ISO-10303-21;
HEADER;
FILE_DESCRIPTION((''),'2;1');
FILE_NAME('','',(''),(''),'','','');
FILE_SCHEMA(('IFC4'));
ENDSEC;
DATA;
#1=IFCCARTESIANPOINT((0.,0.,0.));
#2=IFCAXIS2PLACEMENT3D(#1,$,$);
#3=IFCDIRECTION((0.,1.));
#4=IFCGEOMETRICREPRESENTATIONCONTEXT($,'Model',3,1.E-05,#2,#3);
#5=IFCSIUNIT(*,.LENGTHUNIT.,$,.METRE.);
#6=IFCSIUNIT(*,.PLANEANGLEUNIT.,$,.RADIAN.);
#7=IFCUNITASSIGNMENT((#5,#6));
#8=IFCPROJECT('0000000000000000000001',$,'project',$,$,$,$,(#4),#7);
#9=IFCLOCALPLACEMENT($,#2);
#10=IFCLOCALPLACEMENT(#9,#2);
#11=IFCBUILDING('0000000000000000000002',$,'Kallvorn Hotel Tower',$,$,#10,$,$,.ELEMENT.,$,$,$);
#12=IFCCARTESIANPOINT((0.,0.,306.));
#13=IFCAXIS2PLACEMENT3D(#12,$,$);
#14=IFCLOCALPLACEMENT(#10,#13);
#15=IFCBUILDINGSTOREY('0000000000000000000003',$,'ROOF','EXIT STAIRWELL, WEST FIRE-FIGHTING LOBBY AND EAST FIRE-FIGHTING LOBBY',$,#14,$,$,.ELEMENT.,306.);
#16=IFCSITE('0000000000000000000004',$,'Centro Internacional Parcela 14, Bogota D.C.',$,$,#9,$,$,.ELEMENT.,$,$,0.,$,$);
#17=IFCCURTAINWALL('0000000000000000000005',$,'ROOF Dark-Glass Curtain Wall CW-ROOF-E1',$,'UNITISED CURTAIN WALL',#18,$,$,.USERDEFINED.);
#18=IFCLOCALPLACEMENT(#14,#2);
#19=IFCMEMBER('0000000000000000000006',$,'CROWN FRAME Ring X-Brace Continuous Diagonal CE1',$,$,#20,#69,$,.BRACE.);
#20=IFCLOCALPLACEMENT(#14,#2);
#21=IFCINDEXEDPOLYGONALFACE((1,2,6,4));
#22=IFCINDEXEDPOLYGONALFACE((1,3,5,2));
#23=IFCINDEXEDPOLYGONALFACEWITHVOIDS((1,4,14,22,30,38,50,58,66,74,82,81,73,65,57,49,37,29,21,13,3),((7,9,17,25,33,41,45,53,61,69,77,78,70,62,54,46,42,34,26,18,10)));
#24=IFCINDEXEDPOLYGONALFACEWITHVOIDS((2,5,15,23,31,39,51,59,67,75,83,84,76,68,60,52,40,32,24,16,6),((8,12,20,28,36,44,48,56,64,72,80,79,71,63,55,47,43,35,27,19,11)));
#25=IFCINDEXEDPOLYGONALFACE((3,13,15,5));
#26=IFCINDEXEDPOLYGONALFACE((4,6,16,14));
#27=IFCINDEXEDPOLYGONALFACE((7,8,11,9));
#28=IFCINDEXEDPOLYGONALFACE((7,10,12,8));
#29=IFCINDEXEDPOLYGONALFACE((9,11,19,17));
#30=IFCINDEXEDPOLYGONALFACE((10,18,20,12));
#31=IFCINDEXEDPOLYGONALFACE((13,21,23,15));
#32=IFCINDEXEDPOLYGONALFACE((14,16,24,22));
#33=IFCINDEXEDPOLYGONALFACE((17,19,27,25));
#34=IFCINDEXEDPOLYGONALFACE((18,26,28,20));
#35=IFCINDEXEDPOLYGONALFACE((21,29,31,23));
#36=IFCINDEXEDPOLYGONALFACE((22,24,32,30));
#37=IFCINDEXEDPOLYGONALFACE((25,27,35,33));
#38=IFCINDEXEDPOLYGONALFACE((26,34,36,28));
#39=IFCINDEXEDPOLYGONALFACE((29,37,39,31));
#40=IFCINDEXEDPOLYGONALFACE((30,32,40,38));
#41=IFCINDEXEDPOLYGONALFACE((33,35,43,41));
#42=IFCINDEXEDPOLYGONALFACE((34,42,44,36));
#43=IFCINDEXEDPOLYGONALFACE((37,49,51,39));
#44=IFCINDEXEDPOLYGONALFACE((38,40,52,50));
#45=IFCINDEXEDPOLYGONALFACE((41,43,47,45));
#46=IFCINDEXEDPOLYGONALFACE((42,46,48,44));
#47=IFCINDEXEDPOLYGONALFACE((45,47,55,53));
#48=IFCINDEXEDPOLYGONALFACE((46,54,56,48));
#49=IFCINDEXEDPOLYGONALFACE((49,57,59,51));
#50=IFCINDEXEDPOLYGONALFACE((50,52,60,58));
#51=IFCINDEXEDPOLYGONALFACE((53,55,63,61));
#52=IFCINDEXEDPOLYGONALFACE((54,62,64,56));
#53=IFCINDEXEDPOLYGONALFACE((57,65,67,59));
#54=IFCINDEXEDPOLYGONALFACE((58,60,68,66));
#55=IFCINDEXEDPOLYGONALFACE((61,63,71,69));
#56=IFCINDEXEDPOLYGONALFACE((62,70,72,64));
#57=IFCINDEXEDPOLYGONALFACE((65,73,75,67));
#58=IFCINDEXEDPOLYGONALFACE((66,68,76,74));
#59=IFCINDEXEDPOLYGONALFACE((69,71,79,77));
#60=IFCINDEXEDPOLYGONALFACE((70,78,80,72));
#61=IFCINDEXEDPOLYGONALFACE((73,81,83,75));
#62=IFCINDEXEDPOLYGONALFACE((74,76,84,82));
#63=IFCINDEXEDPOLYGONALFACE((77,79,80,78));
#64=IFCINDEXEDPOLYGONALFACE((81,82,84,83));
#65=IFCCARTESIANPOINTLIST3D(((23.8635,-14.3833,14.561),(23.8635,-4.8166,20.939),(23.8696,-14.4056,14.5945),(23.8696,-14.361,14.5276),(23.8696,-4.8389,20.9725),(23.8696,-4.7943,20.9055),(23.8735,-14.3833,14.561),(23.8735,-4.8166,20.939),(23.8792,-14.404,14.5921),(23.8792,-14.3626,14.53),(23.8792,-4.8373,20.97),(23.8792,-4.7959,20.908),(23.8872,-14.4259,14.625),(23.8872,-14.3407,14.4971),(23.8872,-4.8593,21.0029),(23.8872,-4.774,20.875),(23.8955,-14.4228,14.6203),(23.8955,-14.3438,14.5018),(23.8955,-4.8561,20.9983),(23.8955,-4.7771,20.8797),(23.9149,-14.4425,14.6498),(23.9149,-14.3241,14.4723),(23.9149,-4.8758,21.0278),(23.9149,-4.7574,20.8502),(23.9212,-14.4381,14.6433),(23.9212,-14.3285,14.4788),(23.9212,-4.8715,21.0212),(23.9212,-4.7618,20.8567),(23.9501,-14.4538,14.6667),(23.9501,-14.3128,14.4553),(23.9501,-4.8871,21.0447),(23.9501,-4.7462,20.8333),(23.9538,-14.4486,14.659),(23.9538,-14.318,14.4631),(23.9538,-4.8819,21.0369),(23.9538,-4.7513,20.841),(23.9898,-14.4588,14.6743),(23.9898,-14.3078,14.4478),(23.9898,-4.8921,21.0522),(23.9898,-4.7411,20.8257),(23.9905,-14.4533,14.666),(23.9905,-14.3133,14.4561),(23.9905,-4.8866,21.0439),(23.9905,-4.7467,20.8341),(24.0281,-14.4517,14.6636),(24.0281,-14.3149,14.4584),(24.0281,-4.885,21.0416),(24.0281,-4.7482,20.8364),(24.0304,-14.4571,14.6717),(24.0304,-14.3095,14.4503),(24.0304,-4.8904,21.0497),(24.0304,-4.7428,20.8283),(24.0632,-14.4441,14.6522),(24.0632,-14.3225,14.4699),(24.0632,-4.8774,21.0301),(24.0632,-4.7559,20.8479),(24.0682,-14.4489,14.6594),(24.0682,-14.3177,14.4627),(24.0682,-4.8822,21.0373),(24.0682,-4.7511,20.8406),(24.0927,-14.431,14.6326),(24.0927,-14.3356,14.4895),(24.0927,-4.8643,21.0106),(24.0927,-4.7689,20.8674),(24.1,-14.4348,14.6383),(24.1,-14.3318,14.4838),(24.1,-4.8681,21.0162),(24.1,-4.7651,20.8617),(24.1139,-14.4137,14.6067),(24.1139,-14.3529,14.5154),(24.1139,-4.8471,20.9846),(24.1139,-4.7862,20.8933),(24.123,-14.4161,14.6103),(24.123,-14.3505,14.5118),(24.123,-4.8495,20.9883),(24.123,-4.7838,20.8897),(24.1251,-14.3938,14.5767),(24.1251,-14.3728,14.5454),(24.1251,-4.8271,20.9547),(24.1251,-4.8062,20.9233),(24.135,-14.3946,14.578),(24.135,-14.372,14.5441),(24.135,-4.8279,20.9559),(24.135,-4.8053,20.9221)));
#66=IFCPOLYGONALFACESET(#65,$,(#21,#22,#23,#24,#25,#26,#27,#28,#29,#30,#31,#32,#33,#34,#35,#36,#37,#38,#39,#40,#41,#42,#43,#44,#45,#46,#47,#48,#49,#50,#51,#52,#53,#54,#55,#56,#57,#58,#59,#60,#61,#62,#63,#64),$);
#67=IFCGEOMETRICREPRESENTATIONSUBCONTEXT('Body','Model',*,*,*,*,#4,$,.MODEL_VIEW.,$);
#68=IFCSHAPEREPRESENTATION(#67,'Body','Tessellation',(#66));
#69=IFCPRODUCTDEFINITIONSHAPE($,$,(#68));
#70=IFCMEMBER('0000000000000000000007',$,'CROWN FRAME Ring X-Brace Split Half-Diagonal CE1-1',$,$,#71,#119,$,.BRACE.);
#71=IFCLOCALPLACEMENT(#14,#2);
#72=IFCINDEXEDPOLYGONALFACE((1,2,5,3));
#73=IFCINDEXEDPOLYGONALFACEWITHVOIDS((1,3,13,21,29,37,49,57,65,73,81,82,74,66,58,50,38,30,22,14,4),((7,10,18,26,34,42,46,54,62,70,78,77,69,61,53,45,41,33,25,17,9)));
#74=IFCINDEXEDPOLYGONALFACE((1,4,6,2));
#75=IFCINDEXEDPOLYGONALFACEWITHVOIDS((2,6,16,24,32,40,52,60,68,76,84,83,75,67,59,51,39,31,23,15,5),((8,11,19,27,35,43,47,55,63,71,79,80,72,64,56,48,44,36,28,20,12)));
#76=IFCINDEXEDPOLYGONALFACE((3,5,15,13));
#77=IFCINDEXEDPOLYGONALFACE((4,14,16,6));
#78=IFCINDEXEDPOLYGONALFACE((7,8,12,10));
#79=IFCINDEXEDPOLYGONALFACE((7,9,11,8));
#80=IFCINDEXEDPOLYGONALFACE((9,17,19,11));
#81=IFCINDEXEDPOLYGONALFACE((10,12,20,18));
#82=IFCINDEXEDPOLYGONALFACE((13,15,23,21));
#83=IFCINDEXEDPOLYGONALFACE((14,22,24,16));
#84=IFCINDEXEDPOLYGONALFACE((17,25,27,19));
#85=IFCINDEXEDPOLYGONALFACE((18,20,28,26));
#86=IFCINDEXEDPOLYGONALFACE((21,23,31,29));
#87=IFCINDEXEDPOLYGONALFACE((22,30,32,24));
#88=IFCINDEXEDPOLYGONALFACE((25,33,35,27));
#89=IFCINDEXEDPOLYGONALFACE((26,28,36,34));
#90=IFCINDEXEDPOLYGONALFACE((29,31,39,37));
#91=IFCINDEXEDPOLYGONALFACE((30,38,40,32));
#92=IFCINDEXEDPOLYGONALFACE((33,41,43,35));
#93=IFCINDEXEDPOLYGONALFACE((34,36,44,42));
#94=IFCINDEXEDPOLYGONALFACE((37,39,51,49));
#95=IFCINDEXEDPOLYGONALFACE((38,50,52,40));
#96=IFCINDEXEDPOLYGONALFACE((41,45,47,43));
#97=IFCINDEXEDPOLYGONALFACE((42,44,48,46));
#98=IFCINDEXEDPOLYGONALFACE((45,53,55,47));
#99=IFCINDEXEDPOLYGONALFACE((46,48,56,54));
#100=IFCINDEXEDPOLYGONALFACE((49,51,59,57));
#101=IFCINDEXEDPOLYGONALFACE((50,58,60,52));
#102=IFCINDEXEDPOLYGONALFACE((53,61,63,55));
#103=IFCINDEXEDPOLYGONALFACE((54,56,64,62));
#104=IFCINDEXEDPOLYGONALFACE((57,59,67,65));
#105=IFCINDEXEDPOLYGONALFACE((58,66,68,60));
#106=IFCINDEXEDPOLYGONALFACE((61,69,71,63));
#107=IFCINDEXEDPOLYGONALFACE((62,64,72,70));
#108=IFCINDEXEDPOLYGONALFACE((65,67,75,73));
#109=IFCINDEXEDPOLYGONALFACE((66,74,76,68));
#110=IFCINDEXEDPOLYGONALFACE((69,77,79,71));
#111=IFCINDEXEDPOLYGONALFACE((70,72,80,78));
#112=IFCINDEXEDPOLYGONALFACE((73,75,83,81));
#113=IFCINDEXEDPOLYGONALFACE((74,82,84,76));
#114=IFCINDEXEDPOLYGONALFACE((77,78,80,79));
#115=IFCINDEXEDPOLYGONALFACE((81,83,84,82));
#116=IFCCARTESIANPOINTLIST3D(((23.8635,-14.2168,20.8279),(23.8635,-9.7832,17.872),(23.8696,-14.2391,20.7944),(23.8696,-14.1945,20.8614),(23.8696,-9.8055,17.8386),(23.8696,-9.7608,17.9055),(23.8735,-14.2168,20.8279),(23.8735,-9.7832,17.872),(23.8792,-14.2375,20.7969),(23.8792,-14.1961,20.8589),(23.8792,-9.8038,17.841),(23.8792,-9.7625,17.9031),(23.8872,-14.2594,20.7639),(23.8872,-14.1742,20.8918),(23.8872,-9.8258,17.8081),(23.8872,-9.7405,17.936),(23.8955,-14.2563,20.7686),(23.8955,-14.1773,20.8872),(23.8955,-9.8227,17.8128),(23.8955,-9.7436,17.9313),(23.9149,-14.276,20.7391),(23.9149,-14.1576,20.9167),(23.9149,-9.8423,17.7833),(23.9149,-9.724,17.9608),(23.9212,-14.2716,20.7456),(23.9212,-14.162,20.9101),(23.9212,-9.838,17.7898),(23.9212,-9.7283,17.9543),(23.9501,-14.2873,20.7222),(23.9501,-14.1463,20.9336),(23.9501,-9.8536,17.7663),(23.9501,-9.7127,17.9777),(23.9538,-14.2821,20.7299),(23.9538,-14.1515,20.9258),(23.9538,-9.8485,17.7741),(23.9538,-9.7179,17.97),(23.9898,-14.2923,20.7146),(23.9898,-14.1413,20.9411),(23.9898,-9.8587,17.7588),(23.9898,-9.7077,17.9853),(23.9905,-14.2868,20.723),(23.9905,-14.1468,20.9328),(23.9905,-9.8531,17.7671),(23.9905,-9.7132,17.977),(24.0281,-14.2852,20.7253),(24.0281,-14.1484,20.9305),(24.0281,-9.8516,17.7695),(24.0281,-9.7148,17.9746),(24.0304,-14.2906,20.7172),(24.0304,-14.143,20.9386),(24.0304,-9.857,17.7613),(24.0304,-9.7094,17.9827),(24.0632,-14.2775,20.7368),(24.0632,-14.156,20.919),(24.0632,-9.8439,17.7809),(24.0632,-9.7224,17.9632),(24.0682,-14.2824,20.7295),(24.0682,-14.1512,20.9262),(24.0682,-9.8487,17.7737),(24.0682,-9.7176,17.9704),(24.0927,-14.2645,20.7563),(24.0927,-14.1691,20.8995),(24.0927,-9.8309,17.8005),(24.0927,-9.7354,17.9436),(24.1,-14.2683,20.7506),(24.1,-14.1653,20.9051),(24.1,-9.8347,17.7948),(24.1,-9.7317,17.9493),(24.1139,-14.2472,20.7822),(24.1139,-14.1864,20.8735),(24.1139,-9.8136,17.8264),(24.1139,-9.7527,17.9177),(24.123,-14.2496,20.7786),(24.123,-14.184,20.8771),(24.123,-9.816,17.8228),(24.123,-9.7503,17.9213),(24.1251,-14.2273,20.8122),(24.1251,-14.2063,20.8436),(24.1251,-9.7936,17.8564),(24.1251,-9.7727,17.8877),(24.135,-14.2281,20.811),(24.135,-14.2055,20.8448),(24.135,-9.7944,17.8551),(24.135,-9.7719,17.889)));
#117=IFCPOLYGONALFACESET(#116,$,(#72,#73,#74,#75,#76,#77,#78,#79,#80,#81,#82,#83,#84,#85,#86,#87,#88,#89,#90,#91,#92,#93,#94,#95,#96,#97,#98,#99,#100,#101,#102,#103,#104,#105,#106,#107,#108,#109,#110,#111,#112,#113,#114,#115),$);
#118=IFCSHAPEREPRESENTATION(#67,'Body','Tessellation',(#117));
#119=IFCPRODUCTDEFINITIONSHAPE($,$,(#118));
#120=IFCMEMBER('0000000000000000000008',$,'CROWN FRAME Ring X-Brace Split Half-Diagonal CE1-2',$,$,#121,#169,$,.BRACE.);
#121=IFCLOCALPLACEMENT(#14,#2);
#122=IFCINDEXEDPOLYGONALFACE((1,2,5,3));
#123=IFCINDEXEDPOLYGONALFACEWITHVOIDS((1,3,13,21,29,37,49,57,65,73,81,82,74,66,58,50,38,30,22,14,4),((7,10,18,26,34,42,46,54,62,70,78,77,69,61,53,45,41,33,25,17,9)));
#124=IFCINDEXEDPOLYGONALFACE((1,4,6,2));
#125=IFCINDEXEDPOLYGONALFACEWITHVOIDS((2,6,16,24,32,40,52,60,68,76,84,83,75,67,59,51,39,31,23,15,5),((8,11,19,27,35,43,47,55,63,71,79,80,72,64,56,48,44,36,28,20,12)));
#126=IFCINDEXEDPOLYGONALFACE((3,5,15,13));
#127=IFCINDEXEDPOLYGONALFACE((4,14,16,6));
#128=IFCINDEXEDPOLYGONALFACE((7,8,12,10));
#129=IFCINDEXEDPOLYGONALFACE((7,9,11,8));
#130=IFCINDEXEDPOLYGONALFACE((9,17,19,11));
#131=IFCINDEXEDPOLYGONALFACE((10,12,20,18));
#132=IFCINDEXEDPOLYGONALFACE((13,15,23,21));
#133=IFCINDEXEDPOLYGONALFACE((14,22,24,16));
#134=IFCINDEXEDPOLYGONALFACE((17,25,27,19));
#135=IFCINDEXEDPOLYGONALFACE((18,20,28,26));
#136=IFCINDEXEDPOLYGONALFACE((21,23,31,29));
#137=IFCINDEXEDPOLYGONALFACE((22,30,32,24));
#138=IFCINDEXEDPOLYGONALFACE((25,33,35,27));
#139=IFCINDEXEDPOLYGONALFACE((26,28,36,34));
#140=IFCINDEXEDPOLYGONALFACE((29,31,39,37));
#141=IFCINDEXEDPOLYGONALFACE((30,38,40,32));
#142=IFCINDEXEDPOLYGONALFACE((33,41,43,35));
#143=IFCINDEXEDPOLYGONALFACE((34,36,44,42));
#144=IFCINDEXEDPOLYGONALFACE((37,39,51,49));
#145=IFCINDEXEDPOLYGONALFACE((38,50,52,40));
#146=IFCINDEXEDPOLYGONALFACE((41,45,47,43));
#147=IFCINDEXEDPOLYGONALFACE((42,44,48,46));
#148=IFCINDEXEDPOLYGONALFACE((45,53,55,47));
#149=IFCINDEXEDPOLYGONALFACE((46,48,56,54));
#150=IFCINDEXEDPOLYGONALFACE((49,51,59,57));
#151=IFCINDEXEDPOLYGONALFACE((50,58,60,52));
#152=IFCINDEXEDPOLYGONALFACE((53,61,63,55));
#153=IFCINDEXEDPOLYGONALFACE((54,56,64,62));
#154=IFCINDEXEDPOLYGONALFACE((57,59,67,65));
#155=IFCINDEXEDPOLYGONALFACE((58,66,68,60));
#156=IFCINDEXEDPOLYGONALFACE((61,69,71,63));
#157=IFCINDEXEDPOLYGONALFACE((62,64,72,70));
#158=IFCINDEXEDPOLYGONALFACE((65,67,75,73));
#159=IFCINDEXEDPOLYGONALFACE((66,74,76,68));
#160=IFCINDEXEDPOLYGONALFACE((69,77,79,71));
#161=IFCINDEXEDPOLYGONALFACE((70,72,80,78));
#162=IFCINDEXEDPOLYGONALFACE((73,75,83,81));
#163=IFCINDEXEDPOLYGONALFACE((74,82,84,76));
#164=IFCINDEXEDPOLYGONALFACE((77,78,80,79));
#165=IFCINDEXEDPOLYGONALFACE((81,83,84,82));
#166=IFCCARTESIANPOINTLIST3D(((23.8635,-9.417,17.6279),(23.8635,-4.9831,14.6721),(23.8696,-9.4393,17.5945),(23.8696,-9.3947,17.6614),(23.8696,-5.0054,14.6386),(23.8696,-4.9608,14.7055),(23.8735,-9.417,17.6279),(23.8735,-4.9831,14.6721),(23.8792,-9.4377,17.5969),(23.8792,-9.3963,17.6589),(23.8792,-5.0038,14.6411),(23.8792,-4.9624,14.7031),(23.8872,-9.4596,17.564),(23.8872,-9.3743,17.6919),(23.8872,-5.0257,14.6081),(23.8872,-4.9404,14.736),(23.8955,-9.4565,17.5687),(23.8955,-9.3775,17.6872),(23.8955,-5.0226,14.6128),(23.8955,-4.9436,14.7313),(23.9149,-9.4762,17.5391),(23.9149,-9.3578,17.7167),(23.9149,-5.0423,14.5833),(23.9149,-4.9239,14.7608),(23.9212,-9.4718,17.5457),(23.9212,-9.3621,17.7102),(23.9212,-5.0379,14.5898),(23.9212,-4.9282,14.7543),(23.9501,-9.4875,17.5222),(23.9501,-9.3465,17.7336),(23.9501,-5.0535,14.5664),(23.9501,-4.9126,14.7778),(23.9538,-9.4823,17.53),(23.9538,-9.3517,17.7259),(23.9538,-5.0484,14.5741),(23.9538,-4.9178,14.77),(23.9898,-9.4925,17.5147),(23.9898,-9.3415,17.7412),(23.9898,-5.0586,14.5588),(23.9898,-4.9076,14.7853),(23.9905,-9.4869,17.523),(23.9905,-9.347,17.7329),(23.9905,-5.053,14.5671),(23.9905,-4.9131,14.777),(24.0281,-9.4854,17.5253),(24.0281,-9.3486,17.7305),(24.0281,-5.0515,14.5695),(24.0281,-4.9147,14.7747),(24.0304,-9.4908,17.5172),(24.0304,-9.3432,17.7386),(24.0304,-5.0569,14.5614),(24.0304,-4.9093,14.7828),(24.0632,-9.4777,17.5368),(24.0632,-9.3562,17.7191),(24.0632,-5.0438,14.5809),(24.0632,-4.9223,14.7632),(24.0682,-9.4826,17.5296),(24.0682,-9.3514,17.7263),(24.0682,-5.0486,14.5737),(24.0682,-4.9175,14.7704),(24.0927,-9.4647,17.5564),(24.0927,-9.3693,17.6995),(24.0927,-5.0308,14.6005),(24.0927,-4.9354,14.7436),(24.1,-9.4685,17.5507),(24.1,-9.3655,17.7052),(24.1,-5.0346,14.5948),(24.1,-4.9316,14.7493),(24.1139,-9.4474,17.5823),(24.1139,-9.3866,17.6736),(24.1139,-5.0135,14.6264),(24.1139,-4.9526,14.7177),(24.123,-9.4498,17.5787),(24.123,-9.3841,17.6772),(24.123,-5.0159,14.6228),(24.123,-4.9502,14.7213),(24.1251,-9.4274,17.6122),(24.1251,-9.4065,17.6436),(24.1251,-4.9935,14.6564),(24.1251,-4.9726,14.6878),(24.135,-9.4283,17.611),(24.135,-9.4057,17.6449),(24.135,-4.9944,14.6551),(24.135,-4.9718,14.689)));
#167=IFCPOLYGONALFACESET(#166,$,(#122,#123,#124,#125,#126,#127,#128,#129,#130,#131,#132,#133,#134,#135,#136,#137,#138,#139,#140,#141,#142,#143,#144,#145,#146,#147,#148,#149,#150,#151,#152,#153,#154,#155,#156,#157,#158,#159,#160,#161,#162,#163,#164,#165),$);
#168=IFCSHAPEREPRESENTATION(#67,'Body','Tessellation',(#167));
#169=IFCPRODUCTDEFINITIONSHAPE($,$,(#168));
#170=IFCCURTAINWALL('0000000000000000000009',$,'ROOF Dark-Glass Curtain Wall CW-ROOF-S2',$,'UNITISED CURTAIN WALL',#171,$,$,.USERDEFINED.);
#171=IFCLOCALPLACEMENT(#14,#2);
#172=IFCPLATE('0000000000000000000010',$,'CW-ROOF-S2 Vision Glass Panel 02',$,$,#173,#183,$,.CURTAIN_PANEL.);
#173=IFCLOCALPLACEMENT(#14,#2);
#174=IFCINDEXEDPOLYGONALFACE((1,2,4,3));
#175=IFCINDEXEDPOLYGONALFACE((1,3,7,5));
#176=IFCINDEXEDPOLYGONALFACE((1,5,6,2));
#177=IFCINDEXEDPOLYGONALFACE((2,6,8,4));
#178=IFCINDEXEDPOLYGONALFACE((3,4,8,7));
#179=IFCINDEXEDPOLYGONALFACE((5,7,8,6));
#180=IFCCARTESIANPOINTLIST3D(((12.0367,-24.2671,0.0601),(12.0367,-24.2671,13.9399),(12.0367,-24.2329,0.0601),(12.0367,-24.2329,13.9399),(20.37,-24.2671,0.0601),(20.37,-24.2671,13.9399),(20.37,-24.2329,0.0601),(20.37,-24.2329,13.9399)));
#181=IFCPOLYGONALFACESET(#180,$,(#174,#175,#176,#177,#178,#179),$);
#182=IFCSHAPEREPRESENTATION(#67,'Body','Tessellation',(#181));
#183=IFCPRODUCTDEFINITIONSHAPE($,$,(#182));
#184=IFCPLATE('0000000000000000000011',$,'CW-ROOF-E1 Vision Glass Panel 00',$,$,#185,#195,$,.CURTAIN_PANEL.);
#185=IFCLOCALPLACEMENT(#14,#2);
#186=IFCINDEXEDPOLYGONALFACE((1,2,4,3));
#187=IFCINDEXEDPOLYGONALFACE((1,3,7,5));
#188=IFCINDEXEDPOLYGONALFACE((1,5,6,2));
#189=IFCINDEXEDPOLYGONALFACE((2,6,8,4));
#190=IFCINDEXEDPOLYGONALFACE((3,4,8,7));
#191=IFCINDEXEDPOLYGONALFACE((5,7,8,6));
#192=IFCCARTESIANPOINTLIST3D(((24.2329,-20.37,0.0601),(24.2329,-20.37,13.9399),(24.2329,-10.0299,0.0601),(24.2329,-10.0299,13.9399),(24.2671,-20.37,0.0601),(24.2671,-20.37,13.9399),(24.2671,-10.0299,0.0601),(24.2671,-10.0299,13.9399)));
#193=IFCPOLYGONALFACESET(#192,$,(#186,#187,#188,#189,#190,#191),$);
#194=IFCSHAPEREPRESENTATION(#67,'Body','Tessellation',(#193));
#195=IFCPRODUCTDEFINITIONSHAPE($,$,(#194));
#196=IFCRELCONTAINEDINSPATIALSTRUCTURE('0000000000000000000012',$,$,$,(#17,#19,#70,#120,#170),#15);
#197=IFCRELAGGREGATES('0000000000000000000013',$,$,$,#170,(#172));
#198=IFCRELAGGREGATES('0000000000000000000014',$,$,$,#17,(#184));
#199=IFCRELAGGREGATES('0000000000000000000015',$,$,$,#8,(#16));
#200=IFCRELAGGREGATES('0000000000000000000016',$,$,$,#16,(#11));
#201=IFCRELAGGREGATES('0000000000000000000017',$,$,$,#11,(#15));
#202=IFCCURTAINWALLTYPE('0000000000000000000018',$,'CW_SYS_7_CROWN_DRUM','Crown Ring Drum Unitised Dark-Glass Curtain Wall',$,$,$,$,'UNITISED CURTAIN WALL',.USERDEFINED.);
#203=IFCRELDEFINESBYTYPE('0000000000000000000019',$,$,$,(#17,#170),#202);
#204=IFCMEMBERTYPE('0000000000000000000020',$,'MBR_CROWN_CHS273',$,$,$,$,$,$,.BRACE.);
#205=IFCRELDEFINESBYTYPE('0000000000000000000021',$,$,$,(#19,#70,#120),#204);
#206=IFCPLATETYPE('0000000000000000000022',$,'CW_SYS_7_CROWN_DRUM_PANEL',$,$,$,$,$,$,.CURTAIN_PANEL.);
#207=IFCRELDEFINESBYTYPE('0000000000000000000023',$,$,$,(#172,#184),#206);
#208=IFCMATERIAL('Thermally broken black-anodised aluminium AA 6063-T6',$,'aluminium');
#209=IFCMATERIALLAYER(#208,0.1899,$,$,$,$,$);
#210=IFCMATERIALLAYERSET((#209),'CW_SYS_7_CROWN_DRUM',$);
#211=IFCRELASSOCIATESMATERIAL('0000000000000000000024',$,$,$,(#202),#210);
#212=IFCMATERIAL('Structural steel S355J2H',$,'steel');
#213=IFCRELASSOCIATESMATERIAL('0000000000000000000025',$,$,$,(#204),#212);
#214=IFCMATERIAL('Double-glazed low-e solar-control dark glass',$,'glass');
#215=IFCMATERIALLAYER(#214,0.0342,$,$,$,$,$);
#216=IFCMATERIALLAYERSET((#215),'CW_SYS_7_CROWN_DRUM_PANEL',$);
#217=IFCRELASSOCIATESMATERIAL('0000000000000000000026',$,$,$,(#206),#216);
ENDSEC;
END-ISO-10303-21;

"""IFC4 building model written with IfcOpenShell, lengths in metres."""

from ifc_helpers import new_model, si_unit, direction, frame, origin, origin_2d, place, context, subcontext, project, spatial, rectangle, hollow_circle, extrude, material, layer, layer_set, material_profile, profile_set, type_object, element, aggregate, save


model = new_model("IFC4")

# Units and contexts
model_context = context("Model", 3, precision=1e-05, world=origin(), true_north=direction((0.0, 1.0)))
body_context = subcontext(model_context, "Body", "Model", "MODEL_VIEW")
ifc_project = project(units=[si_unit("LENGTHUNIT", "METRE"), si_unit("PLANEANGLEUNIT", "RADIAN")], contexts=[model_context])

# Site, building, storey
site_placement = place(None, origin())
site = spatial("IfcSite", under=ifc_project, at=site_placement, Name="Centro Internacional Parcela 14, Bogota D.C.", CompositionType="ELEMENT", RefElevation=0.0)
building_placement = place(site_placement, origin())
building = spatial("IfcBuilding", under=site, at=building_placement, Name="Kallvorn Hotel Tower", CompositionType="ELEMENT")
storey_placement = place(building_placement, frame((0.0, 0.0, 306.0)))
storey = spatial("IfcBuildingStorey", under=building, at=storey_placement, Name="ROOF", Description="EXIT STAIRWELL, WEST FIRE-FIGHTING LOBBY AND EAST FIRE-FIGHTING LOBBY", CompositionType="ELEMENT", Elevation=306.0)

# Curtain wall
ifc_material_1 = material(Name="Thermally broken black-anodised aluminium AA 6063-T6", Category="aluminium")
ifc_layer_1 = layer(ifc_material_1, 0.1899)
ifc_layer_set_1 = layer_set([ifc_layer_1], Name="CW_SYS_7_CROWN_DRUM")
curtain_wall_type = type_object("IfcCurtainWallType", Name="CW_SYS_7_CROWN_DRUM", Description="Crown Ring Drum Unitised Dark-Glass Curtain Wall", ElementType="UNITISED CURTAIN WALL", PredefinedType="USERDEFINED", material=ifc_layer_set_1)
curtain_wall_1_placement = place(storey_placement, origin())
curtain_wall_1 = element("IfcCurtainWall", 1, at=curtain_wall_1_placement, inside=storey, type_object=curtain_wall_type, Name="ROOF Dark-Glass Curtain Wall CW-ROOF-E1", ObjectType="UNITISED CURTAIN WALL", PredefinedType="USERDEFINED")

# Members
ifc_material_2 = material(Name="Structural steel S355J2H", Category="steel")
ifc_material_profile_1 = material_profile(ifc_material_2, hollow_circle(Radius=0.1365, WallThickness=0.01, at=origin_2d()), Name="CHS 273x10")
ifc_profile_set_1 = profile_set([ifc_material_profile_1], Name="Structural steel S355J2H")
member_type_1 = type_object("IfcMemberType", Name="MBR_CROWN_CHS273", PredefinedType="BRACE", material=ifc_profile_set_1)
member_1_placement = place(storey_placement, frame((24.0, -14.3833, 14.561), z_axis=(0.0, 0.832044, 0.55471), x_axis=(-1.0, 0.0, 0.0)))
element("IfcMember", 2, at=member_1_placement, inside=storey, type_object=member_type_1, Name="CROWN FRAME Ring X-Brace Continuous Diagonal CE1", PredefinedType="BRACE", context=body_context, shape_type="SweptSolid", body=[
    extrude(hollow_circle(Radius=0.1365, WallThickness=0.01, at=origin_2d()), origin(), (0.0, 0.0, 1.0), 11.4978),
])
member_2_placement = place(storey_placement, frame((24.0, -14.2168, 20.8279), z_axis=(0.0, 0.832043, -0.554711), x_axis=(-1.0, 0.0, 0.0)))
element("IfcMember", 3, at=member_2_placement, inside=storey, type_object=member_type_1, Name="CROWN FRAME Ring X-Brace Split Half-Diagonal CE1-1", PredefinedType="BRACE", context=body_context, shape_type="SweptSolid", body=[
    extrude(hollow_circle(Radius=0.1365, WallThickness=0.01, at=origin_2d()), origin(), (0.0, 0.0, 1.0), 5.3286),
])
member_3_placement = place(storey_placement, frame((24.0, -9.417, 17.6279), z_axis=(0.0, 0.832057, -0.55469), x_axis=(-1.0, 0.0, 0.0)))
element("IfcMember", 4, at=member_3_placement, inside=storey, type_object=member_type_1, Name="CROWN FRAME Ring X-Brace Split Half-Diagonal CE1-2", PredefinedType="BRACE", context=body_context, shape_type="SweptSolid", body=[
    extrude(hollow_circle(Radius=0.1365, WallThickness=0.01, at=origin_2d()), origin(), (0.0, 0.0, 1.0), 5.3289),
])

# Curtain wall, plate
curtain_wall_2_placement = place(storey_placement, origin())
curtain_wall_2 = element("IfcCurtainWall", 5, at=curtain_wall_2_placement, inside=storey, type_object=curtain_wall_type, Name="ROOF Dark-Glass Curtain Wall CW-ROOF-S2", ObjectType="UNITISED CURTAIN WALL", PredefinedType="USERDEFINED")
ifc_material_3 = material(Name="Double-glazed low-e solar-control dark glass", Category="glass")
ifc_layer_2 = layer(ifc_material_3, 0.0342)
ifc_layer_set_2 = layer_set([ifc_layer_2], Name="CW_SYS_7_CROWN_DRUM_PANEL")
plate_type_1 = type_object("IfcPlateType", Name="CW_SYS_7_CROWN_DRUM_PANEL", PredefinedType="CURTAIN_PANEL", material=ifc_layer_set_2)
plate_1_placement = place(storey_placement, frame((16.2034, -24.25, 0.0601), z_axis=(0.0, 0.0, 1.0), x_axis=(1.0, 0.0, 0.0)))
plate_1 = element("IfcPlate", 6, at=plate_1_placement, type_object=plate_type_1, Name="CW-ROOF-S2 Vision Glass Panel 02", PredefinedType="CURTAIN_PANEL", context=body_context, shape_type="SweptSolid", body=[
    extrude(rectangle(XDim=8.3333, YDim=0.0342, at=origin_2d()), origin(), (0.0, 0.0, 1.0), 13.8799),
])
aggregate(curtain_wall_2, [plate_1])

# Plate
plate_2_placement = place(storey_placement, frame((24.25, -15.2, 0.0601), z_axis=(0.0, 0.0, 1.0), x_axis=(0.0, 1.0, 0.0)))
plate_2 = element("IfcPlate", 7, at=plate_2_placement, type_object=plate_type_1, Name="CW-ROOF-E1 Vision Glass Panel 00", PredefinedType="CURTAIN_PANEL", context=body_context, shape_type="SweptSolid", body=[
    extrude(rectangle(XDim=10.3401, YDim=0.0342, at=origin_2d()), origin(), (0.0, 0.0, 1.0), 13.8799),
])
aggregate(curtain_wall_1, [plate_2])

save(model, "model.ifc")
